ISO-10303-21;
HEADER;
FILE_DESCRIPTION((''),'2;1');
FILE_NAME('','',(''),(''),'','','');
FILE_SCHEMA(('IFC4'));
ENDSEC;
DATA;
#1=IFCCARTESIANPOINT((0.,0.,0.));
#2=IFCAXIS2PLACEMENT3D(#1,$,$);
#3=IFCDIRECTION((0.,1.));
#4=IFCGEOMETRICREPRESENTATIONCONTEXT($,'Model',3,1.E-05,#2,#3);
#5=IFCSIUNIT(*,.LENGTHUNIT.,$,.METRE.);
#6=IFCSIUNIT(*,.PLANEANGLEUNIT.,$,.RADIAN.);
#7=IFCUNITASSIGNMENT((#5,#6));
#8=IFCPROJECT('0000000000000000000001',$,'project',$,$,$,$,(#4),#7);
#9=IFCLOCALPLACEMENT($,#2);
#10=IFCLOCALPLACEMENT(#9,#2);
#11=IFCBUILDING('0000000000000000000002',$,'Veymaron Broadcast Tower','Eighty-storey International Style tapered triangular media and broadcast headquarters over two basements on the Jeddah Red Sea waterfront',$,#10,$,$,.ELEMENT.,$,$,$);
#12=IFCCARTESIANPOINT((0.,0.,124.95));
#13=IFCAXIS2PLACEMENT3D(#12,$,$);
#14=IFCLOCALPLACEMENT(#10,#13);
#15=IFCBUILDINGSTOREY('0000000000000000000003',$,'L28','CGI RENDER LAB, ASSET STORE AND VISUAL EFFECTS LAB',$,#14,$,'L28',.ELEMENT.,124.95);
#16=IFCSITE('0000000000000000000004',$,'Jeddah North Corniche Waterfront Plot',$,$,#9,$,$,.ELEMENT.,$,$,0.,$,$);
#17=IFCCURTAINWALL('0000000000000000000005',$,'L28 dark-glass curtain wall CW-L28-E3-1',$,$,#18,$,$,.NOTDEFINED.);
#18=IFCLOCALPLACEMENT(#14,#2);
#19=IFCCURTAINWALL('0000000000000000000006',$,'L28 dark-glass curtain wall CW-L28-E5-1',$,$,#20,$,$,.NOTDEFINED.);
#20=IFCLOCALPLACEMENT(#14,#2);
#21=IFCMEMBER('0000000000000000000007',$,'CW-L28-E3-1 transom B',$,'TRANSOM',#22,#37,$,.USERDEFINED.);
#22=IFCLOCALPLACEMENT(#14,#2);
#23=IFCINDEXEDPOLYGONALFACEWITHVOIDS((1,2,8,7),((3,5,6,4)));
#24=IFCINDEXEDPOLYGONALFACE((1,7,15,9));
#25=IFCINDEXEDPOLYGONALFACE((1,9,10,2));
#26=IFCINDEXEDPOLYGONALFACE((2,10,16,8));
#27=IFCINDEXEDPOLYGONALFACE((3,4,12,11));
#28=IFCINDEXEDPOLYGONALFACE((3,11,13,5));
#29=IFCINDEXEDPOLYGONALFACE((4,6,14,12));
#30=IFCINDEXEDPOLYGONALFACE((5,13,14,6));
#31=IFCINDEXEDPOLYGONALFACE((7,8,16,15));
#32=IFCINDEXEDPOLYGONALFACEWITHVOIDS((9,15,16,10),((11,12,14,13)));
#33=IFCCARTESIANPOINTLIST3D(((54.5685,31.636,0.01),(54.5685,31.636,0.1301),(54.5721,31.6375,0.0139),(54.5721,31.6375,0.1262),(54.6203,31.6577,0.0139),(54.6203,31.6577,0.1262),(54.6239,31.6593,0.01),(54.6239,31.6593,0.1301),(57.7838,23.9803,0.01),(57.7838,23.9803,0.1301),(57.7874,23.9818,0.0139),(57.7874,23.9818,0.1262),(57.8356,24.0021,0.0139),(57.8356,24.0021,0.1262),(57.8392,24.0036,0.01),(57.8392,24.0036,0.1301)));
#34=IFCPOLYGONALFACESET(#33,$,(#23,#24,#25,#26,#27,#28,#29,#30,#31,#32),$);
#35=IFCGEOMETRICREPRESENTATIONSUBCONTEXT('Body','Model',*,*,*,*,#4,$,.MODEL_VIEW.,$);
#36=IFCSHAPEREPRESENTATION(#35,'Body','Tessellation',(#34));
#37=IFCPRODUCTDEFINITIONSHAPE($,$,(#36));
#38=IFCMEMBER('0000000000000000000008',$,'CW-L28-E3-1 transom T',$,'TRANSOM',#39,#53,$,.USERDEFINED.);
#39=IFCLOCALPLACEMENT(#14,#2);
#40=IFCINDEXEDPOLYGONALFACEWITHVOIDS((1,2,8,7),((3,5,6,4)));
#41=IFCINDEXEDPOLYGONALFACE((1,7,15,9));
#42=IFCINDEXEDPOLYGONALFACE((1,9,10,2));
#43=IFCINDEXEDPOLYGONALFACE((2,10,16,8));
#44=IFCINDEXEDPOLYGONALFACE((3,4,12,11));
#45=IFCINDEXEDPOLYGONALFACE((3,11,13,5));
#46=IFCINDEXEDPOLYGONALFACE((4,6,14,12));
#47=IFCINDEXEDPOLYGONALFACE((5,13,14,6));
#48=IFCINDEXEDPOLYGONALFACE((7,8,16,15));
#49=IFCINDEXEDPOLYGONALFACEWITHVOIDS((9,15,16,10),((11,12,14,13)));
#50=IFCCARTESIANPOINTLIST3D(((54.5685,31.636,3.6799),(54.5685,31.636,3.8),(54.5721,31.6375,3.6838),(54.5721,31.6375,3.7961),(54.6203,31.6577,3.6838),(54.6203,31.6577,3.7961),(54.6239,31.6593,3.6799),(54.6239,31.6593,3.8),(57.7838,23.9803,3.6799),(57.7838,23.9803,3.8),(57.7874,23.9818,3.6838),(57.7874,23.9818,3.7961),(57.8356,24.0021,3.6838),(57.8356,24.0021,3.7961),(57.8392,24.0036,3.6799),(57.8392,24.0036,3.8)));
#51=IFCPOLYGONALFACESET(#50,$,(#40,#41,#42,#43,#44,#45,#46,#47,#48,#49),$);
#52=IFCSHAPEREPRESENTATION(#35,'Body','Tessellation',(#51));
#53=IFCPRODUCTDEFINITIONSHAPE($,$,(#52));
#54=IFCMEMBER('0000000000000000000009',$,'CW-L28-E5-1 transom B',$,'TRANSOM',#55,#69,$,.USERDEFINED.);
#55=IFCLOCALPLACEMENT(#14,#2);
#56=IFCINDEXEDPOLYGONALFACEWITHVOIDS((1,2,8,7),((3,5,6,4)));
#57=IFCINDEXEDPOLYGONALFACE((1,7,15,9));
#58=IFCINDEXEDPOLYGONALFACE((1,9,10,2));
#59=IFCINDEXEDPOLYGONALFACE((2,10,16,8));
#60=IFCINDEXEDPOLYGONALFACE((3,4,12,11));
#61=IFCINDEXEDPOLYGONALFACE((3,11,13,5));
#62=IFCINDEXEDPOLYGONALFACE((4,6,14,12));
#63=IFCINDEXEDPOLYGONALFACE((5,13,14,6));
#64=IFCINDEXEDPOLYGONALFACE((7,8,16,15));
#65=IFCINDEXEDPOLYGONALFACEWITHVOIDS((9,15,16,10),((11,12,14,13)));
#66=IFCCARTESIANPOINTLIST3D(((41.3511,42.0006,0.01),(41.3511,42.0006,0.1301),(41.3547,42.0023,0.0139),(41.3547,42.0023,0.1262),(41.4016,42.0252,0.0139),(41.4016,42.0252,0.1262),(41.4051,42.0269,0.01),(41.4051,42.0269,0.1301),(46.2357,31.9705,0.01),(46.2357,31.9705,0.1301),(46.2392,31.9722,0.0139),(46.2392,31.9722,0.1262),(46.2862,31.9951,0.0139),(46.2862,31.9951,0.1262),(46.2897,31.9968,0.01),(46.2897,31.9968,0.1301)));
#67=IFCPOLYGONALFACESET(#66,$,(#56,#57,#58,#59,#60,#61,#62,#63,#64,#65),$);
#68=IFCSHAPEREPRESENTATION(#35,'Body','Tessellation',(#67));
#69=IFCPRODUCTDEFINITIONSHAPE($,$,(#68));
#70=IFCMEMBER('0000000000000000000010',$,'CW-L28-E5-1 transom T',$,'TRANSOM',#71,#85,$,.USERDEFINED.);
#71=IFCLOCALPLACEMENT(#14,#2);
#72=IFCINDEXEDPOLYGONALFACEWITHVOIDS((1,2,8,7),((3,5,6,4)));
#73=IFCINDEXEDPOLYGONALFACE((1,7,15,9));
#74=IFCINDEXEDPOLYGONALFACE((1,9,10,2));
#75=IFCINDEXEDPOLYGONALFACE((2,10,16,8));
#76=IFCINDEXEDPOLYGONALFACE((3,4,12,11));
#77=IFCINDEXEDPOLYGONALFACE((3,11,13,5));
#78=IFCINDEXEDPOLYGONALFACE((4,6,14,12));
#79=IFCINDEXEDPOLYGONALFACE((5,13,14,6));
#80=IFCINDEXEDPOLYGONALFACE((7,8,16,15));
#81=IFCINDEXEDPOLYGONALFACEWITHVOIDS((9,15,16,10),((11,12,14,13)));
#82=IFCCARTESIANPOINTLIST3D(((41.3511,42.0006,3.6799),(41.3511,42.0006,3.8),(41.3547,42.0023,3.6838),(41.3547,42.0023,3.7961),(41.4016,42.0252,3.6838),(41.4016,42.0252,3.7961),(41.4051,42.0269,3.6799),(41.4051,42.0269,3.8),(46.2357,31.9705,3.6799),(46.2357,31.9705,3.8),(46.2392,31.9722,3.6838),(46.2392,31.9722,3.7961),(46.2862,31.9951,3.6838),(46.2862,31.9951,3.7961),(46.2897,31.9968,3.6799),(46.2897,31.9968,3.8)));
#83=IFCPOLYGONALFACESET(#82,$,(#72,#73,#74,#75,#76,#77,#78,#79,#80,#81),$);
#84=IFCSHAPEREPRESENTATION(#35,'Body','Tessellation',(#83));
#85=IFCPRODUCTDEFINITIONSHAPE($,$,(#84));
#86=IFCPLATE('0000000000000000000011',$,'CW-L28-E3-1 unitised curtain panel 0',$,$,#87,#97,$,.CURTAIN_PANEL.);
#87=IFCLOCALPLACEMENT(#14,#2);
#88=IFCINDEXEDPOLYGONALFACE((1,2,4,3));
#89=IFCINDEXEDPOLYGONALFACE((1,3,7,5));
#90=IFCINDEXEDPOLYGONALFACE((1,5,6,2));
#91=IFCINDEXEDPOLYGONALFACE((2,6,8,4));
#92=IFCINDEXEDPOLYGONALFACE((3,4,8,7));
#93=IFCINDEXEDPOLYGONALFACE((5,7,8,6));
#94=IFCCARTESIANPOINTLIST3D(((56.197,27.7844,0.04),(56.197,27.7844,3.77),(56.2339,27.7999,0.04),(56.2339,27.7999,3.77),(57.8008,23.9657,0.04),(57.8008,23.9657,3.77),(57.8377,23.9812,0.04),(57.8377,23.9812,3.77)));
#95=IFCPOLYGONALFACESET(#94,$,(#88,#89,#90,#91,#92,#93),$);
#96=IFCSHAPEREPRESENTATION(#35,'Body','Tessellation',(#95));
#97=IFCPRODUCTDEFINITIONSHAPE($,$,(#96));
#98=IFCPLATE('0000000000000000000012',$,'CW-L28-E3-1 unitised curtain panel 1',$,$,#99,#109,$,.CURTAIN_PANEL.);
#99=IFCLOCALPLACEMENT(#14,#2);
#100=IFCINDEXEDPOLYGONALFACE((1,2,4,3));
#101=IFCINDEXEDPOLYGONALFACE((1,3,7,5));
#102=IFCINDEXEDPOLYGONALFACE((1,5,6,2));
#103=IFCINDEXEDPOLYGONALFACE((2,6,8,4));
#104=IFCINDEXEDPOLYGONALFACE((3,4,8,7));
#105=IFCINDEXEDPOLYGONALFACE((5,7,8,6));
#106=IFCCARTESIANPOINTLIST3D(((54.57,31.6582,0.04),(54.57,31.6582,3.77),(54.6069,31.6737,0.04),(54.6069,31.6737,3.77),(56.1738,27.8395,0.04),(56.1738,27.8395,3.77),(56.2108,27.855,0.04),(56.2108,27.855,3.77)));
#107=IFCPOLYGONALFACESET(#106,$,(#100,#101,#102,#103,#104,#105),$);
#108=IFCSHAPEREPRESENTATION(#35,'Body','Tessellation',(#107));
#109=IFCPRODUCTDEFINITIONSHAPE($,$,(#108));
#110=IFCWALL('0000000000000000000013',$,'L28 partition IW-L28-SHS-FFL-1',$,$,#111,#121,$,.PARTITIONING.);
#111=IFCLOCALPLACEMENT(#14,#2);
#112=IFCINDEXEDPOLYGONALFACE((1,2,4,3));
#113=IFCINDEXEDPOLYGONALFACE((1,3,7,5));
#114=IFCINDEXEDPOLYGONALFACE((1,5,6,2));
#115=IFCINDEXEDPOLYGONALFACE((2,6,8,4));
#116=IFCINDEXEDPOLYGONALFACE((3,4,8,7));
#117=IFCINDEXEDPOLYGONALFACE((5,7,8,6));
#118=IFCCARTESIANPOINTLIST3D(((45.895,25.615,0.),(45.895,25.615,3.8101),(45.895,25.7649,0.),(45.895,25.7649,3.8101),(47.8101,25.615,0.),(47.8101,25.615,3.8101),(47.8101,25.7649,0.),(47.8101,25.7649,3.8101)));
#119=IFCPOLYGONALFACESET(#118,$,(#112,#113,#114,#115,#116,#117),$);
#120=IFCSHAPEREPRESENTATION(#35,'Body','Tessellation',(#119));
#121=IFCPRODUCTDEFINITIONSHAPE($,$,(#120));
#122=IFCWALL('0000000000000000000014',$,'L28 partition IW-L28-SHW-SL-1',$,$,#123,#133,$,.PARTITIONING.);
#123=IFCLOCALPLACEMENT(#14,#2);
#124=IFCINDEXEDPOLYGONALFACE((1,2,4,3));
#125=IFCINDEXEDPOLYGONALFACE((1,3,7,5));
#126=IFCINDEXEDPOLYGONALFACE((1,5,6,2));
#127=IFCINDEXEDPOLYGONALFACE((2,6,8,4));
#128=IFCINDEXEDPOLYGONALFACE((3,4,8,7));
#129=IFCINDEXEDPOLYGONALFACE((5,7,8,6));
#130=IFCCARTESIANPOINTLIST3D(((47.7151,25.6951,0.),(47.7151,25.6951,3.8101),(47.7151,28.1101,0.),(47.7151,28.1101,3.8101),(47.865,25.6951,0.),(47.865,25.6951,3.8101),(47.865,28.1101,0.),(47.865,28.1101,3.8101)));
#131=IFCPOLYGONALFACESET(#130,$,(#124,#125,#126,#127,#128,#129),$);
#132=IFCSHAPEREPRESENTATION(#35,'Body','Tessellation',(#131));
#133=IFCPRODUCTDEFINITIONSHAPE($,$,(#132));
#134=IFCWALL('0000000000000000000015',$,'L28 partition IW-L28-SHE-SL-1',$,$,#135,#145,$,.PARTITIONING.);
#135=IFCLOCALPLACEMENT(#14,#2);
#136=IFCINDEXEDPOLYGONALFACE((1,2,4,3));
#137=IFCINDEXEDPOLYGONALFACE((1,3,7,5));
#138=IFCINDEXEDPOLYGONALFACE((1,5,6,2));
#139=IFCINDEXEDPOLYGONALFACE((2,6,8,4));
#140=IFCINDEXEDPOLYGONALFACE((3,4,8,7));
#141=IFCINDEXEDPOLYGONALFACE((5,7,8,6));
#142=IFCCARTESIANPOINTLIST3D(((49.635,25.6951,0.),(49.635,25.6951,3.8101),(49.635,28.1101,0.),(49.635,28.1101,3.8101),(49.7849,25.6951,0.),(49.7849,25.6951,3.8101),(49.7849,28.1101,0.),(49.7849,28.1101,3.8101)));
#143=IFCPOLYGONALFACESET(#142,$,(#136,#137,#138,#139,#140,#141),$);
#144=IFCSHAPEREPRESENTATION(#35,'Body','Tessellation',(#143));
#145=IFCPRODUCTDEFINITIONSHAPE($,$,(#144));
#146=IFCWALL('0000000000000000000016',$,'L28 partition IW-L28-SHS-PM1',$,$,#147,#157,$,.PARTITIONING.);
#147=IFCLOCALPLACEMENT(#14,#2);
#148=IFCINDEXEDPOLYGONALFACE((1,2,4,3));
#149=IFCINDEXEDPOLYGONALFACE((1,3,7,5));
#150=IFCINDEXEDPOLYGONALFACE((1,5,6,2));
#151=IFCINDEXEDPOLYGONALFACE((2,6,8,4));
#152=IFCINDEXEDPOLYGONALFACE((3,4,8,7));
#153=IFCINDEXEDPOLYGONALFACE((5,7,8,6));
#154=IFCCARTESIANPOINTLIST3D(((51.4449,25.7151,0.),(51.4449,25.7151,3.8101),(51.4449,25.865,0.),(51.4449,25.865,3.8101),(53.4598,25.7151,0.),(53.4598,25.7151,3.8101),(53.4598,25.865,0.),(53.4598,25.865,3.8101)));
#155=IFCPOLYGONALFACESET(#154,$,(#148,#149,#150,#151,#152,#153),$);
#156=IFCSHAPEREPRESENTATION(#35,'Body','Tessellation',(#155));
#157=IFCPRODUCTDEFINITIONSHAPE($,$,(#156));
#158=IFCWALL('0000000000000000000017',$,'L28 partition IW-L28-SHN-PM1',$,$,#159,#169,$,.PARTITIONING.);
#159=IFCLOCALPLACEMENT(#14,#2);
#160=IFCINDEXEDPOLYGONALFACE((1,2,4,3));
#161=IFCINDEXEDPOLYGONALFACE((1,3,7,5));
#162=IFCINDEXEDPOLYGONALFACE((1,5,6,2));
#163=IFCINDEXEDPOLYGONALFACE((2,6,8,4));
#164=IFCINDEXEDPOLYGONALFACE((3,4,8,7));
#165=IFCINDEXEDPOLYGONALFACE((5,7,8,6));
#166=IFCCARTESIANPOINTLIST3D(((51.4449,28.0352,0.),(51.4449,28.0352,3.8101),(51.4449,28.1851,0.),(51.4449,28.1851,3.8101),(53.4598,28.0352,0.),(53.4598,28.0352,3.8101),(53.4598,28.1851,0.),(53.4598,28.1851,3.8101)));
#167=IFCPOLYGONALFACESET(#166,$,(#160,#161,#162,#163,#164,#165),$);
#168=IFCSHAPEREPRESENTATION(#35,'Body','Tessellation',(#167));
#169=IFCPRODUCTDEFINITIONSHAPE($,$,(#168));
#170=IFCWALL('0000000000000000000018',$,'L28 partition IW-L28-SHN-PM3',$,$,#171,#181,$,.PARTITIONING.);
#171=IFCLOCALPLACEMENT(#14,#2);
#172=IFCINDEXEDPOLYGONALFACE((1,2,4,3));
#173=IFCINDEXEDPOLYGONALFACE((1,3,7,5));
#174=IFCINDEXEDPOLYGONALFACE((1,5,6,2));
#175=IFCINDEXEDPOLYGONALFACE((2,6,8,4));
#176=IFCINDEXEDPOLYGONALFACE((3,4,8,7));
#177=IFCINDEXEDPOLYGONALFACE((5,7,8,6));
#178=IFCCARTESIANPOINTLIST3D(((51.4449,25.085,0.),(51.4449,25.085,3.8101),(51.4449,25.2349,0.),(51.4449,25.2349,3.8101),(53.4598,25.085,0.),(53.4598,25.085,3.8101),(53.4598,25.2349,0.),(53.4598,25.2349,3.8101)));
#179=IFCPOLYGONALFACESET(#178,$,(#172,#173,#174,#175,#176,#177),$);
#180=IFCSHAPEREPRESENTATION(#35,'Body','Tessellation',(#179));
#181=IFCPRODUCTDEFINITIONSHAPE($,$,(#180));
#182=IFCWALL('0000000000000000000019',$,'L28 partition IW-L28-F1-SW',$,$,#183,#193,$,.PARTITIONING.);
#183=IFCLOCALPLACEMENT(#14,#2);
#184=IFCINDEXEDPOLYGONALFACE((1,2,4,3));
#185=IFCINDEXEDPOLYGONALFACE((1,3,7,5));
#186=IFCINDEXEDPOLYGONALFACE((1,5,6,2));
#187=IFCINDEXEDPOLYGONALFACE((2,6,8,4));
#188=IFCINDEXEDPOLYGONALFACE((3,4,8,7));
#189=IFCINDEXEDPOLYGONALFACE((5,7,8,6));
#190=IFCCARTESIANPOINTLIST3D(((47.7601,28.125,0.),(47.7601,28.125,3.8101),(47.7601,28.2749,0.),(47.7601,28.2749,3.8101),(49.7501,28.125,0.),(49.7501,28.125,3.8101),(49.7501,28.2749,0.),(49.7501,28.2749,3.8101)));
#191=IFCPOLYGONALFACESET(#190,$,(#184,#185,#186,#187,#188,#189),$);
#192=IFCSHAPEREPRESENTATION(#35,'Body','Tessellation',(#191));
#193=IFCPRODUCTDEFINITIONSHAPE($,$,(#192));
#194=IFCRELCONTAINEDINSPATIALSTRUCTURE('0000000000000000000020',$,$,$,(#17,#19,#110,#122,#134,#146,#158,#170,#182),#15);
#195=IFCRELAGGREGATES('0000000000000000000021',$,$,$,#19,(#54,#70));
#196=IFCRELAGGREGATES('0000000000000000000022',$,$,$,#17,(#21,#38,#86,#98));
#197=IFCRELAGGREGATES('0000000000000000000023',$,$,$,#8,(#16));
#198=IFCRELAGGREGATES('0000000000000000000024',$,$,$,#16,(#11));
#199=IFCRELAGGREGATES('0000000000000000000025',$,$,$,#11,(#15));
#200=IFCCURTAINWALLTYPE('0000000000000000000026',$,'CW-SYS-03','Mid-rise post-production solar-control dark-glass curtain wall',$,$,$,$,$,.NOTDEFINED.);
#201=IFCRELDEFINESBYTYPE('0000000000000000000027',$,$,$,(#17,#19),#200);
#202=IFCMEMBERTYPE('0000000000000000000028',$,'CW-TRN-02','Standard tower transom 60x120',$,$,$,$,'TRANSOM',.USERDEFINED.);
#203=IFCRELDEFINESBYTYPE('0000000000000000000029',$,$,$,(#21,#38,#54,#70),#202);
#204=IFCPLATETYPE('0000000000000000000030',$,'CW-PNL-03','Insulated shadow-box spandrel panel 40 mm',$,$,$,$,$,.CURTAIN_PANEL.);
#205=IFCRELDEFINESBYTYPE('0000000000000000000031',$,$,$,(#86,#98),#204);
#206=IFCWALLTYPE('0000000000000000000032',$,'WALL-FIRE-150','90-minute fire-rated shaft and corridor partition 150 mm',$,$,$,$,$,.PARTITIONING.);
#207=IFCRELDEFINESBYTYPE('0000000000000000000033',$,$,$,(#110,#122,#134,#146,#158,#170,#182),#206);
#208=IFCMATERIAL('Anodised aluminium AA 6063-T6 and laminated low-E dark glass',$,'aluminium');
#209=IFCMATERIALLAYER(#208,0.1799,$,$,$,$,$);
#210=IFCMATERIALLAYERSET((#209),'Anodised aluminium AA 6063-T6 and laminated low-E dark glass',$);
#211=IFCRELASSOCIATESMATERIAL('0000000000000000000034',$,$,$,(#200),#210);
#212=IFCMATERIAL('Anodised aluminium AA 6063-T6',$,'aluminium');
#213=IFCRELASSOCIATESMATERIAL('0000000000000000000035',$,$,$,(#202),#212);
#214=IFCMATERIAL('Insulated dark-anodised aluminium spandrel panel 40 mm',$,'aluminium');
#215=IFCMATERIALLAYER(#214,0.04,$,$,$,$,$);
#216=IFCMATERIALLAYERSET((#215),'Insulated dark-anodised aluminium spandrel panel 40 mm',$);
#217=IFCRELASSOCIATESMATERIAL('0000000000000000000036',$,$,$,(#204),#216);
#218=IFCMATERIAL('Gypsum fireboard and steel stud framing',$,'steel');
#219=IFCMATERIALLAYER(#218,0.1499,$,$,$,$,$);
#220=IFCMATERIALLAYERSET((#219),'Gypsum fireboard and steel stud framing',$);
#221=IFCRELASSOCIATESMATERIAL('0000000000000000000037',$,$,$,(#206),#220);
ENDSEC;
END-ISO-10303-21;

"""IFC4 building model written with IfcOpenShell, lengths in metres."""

from ifc_helpers import new_model, si_unit, direction, frame, frame_2d, origin, origin_2d, place, context, subcontext, project, spatial, rectangle, hollow_rectangle, extrude, material, layer, layer_set, material_profile, profile_set, type_object, element, aggregate, save


model = new_model("IFC4")

# Units and contexts
model_context = context("Model", 3, precision=1e-05, world=origin(), true_north=direction((0.0, 1.0)))
body_context = subcontext(model_context, "Body", "Model", "MODEL_VIEW")
ifc_project = project(units=[si_unit("LENGTHUNIT", "METRE"), si_unit("PLANEANGLEUNIT", "RADIAN")], contexts=[model_context])

# Site, building, storey
site_placement = place(None, origin())
site = spatial("IfcSite", under=ifc_project, at=site_placement, Name="Jeddah North Corniche Waterfront Plot", CompositionType="ELEMENT", RefElevation=0.0)
building_placement = place(site_placement, origin())
building = spatial("IfcBuilding", under=site, at=building_placement, Name="Veymaron Broadcast Tower", Description="Eighty-storey International Style tapered triangular media and broadcast headquarters over two basements on the Jeddah Red Sea waterfront", CompositionType="ELEMENT")
storey_placement = place(building_placement, frame((0.0, 0.0, 124.95)))
storey = spatial("IfcBuildingStorey", under=building, at=storey_placement, Name="L28", Description="CGI RENDER LAB, ASSET STORE AND VISUAL EFFECTS LAB", LongName="L28", CompositionType="ELEMENT", Elevation=124.95)

# Shared definitions
ifc_material_1 = material(Name="Anodised aluminium AA 6063-T6 and laminated low-E dark glass", Category="aluminium")
ifc_layer_1 = layer(ifc_material_1, 0.1799)
ifc_layer_set_1 = layer_set([ifc_layer_1], Name="Anodised aluminium AA 6063-T6 and laminated low-E dark glass")
curtain_wall_type = type_object("IfcCurtainWallType", Name="CW-SYS-03", Description="Mid-rise post-production solar-control dark-glass curtain wall", PredefinedType="NOTDEFINED", material=ifc_layer_set_1)
ifc_material_2 = material(Name="Anodised aluminium AA 6063-T6", Category="aluminium")

# Curtain wall
curtain_wall_1_placement = place(storey_placement, origin())
curtain_wall_1 = element("IfcCurtainWall", 1, at=curtain_wall_1_placement, inside=storey, type_object=curtain_wall_type, Name="L28 dark-glass curtain wall CW-L28-E3-1", PredefinedType="NOTDEFINED")

# Curtain wall
curtain_wall_2_placement = place(storey_placement, origin())
curtain_wall_2 = element("IfcCurtainWall", 2, at=curtain_wall_2_placement, inside=storey, type_object=curtain_wall_type, Name="L28 dark-glass curtain wall CW-L28-E5-1", PredefinedType="NOTDEFINED")

# Members
ifc_material_profile_1 = material_profile(ifc_material_2, hollow_rectangle(XDim=0.0601, YDim=0.1201, WallThickness=0.0039, at=origin_2d()), Name="AL120X60X4")
ifc_profile_set_1 = profile_set([ifc_material_profile_1], Name="Anodised aluminium AA 6063-T6")
member_type_1 = type_object("IfcMemberType", Name="CW-TRN-02", Description="Standard tower transom 60x120", ElementType="TRANSOM", PredefinedType="USERDEFINED", material=ifc_profile_set_1)
member_1_placement = place(storey_placement, frame((57.8115, 23.9919, 0.0701), z_axis=(-0.387223, 0.921986, 0.0), x_axis=(-0.921986, -0.387223, 0.0)))
member_1 = element("IfcMember", 3, at=member_1_placement, type_object=member_type_1, Name="CW-L28-E3-1 transom B", ObjectType="TRANSOM", PredefinedType="USERDEFINED", context=body_context, shape_type="SweptSolid", body=[
    extrude(hollow_rectangle(XDim=0.0601, YDim=0.1201, WallThickness=0.0039, at=origin_2d()), origin(), (0.0, 0.0, 1.0), 8.3035),
])
member_2_placement = place(storey_placement, frame((57.8115, 23.9919, 3.74), z_axis=(-0.387223, 0.921986, 0.0), x_axis=(-0.921986, -0.387223, 0.0)))
member_2 = element("IfcMember", 4, at=member_2_placement, type_object=member_type_1, Name="CW-L28-E3-1 transom T", ObjectType="TRANSOM", PredefinedType="USERDEFINED", context=body_context, shape_type="SweptSolid", body=[
    extrude(hollow_rectangle(XDim=0.0601, YDim=0.1201, WallThickness=0.0039, at=origin_2d()), origin(), (0.0, 0.0, 1.0), 8.3035),
])
member_3_placement = place(storey_placement, frame((46.2627, 31.9836, 0.0701), z_axis=(-0.437832, 0.899057, 0.0), x_axis=(-0.899057, -0.437832, 0.0)))
member_3 = element("IfcMember", 5, at=member_3_placement, type_object=member_type_1, Name="CW-L28-E5-1 transom B", ObjectType="TRANSOM", PredefinedType="USERDEFINED", context=body_context, shape_type="SweptSolid", body=[
    extrude(hollow_rectangle(XDim=0.0601, YDim=0.1201, WallThickness=0.0039, at=origin_2d()), origin(), (0.0, 0.0, 1.0), 11.1562),
])
member_4_placement = place(storey_placement, frame((46.2627, 31.9836, 3.74), z_axis=(-0.437832, 0.899057, 0.0), x_axis=(-0.899057, -0.437832, 0.0)))
member_4 = element("IfcMember", 6, at=member_4_placement, type_object=member_type_1, Name="CW-L28-E5-1 transom T", ObjectType="TRANSOM", PredefinedType="USERDEFINED", context=body_context, shape_type="SweptSolid", body=[
    extrude(hollow_rectangle(XDim=0.0601, YDim=0.1201, WallThickness=0.0039, at=origin_2d()), origin(), (0.0, 0.0, 1.0), 11.1562),
])
aggregate(curtain_wall_2, [member_3, member_4])

# Plates
ifc_material_3 = material(Name="Insulated dark-anodised aluminium spandrel panel 40 mm", Category="aluminium")
ifc_layer_2 = layer(ifc_material_3, 0.04)
ifc_layer_set_2 = layer_set([ifc_layer_2], Name="Insulated dark-anodised aluminium spandrel panel 40 mm")
plate_type = type_object("IfcPlateType", Name="CW-PNL-03", Description="Insulated shadow-box spandrel panel 40 mm", PredefinedType="CURTAIN_PANEL", material=ifc_layer_set_2)
plate_1_placement = place(storey_placement, frame((57.0173, 25.8828, 0.04), z_axis=(0.0, 0.0, 1.0), x_axis=(-0.387226, 0.921985, 0.0)))
plate_1 = element("IfcPlate", 7, at=plate_1_placement, type_object=plate_type, Name="CW-L28-E3-1 unitised curtain panel 0", PredefinedType="CURTAIN_PANEL", context=body_context, shape_type="SweptSolid", body=[
    extrude(rectangle(XDim=4.1418, YDim=0.04, at=origin_2d()), origin(), (0.0, 0.0, 1.0), 3.73),
])
plate_2_placement = place(storey_placement, frame((55.3904, 29.7566, 0.04), z_axis=(0.0, 0.0, 1.0), x_axis=(-0.387226, 0.921985, 0.0)))
plate_2 = element("IfcPlate", 8, at=plate_2_placement, type_object=plate_type, Name="CW-L28-E3-1 unitised curtain panel 1", PredefinedType="CURTAIN_PANEL", context=body_context, shape_type="SweptSolid", body=[
    extrude(rectangle(XDim=4.1418, YDim=0.04, at=origin_2d()), origin(), (0.0, 0.0, 1.0), 3.73),
])
aggregate(curtain_wall_1, [member_1, member_2, plate_1, plate_2])

# Shared definitions
ifc_material_4 = material(Name="Gypsum fireboard and steel stud framing", Category="steel")
ifc_layer_3 = layer(ifc_material_4, 0.1499)
ifc_layer_set_3 = layer_set([ifc_layer_3], Name="Gypsum fireboard and steel stud framing")
wall_type_1 = type_object("IfcWallType", Name="WALL-FIRE-150", Description="90-minute fire-rated shaft and corridor partition 150 mm", PredefinedType="PARTITIONING", material=ifc_layer_set_3)

# Wall
wall_1_placement = place(storey_placement, frame((45.895, 25.6899, 0.0), z_axis=(0.0, 0.0, 1.0), x_axis=(1.0, 0.0, 0.0)))
element("IfcWall", 9, at=wall_1_placement, inside=storey, type_object=wall_type_1, Name="L28 partition IW-L28-SHS-FFL-1", PredefinedType="PARTITIONING", context=body_context, shape_type="SweptSolid", body=[
    extrude(rectangle(XDim=1.915, YDim=0.1499, at=frame_2d((0.9575, 0.0))), origin(), (0.0, 0.0, 1.0), 3.8101),
])

# Walls
for number, where, z_axis, x_axis, name in (
    (10, (47.79, 25.6951, 0.0), (0.0, 0.0, 1.0), (0.0, 1.0, 0.0), "L28 partition IW-L28-SHW-SL-1"),
    (11, (49.71, 25.6951, 0.0), (0.0, 0.0, 1.0), (0.0, 1.0, 0.0), "L28 partition IW-L28-SHE-SL-1"),
):
    element("IfcWall", number, at=place(storey_placement, frame(where, z_axis=z_axis, x_axis=x_axis)), inside=storey, type_object=wall_type_1, Name=name, PredefinedType="PARTITIONING", context=body_context, shape_type="SweptSolid", body=[
        extrude(rectangle(XDim=2.415, YDim=0.1499, at=frame_2d((1.2075, 0.0))), origin(), (0.0, 0.0, 1.0), 3.8101),
    ])

# Walls
for number, where, z_axis, x_axis, name in (
    (12, (51.4451, 25.79, 0.0), (0.0, 0.0, 1.0), (1.0, 0.0, 0.0), "L28 partition IW-L28-SHS-PM1"),
    (13, (51.4451, 28.1101, 0.0), (0.0, 0.0, 1.0), (1.0, 0.0, 0.0), "L28 partition IW-L28-SHN-PM1"),
    (14, (51.4451, 25.1599, 0.0), (0.0, 0.0, 1.0), (1.0, 0.0, 0.0), "L28 partition IW-L28-SHN-PM3"),
):
    element("IfcWall", number, at=place(storey_placement, frame(where, z_axis=z_axis, x_axis=x_axis)), inside=storey, type_object=wall_type_1, Name=name, PredefinedType="PARTITIONING", context=body_context, shape_type="SweptSolid", body=[
        extrude(rectangle(XDim=2.0149, YDim=0.1499, at=frame_2d((1.0073, 0.0))), origin(), (0.0, 0.0, 1.0), 3.8101),
    ])
wall_2_placement = place(storey_placement, frame((47.76, 28.2, 0.0), z_axis=(0.0, 0.0, 1.0), x_axis=(1.0, 0.0, 0.0)))
element("IfcWall", 15, at=wall_2_placement, inside=storey, type_object=wall_type_1, Name="L28 partition IW-L28-F1-SW", PredefinedType="PARTITIONING", context=body_context, shape_type="SweptSolid", body=[
    extrude(rectangle(XDim=1.99, YDim=0.1499, at=frame_2d((0.9951, 0.0))), origin(), (0.0, 0.0, 1.0), 3.8101),
])

save(model, "model.ifc")
